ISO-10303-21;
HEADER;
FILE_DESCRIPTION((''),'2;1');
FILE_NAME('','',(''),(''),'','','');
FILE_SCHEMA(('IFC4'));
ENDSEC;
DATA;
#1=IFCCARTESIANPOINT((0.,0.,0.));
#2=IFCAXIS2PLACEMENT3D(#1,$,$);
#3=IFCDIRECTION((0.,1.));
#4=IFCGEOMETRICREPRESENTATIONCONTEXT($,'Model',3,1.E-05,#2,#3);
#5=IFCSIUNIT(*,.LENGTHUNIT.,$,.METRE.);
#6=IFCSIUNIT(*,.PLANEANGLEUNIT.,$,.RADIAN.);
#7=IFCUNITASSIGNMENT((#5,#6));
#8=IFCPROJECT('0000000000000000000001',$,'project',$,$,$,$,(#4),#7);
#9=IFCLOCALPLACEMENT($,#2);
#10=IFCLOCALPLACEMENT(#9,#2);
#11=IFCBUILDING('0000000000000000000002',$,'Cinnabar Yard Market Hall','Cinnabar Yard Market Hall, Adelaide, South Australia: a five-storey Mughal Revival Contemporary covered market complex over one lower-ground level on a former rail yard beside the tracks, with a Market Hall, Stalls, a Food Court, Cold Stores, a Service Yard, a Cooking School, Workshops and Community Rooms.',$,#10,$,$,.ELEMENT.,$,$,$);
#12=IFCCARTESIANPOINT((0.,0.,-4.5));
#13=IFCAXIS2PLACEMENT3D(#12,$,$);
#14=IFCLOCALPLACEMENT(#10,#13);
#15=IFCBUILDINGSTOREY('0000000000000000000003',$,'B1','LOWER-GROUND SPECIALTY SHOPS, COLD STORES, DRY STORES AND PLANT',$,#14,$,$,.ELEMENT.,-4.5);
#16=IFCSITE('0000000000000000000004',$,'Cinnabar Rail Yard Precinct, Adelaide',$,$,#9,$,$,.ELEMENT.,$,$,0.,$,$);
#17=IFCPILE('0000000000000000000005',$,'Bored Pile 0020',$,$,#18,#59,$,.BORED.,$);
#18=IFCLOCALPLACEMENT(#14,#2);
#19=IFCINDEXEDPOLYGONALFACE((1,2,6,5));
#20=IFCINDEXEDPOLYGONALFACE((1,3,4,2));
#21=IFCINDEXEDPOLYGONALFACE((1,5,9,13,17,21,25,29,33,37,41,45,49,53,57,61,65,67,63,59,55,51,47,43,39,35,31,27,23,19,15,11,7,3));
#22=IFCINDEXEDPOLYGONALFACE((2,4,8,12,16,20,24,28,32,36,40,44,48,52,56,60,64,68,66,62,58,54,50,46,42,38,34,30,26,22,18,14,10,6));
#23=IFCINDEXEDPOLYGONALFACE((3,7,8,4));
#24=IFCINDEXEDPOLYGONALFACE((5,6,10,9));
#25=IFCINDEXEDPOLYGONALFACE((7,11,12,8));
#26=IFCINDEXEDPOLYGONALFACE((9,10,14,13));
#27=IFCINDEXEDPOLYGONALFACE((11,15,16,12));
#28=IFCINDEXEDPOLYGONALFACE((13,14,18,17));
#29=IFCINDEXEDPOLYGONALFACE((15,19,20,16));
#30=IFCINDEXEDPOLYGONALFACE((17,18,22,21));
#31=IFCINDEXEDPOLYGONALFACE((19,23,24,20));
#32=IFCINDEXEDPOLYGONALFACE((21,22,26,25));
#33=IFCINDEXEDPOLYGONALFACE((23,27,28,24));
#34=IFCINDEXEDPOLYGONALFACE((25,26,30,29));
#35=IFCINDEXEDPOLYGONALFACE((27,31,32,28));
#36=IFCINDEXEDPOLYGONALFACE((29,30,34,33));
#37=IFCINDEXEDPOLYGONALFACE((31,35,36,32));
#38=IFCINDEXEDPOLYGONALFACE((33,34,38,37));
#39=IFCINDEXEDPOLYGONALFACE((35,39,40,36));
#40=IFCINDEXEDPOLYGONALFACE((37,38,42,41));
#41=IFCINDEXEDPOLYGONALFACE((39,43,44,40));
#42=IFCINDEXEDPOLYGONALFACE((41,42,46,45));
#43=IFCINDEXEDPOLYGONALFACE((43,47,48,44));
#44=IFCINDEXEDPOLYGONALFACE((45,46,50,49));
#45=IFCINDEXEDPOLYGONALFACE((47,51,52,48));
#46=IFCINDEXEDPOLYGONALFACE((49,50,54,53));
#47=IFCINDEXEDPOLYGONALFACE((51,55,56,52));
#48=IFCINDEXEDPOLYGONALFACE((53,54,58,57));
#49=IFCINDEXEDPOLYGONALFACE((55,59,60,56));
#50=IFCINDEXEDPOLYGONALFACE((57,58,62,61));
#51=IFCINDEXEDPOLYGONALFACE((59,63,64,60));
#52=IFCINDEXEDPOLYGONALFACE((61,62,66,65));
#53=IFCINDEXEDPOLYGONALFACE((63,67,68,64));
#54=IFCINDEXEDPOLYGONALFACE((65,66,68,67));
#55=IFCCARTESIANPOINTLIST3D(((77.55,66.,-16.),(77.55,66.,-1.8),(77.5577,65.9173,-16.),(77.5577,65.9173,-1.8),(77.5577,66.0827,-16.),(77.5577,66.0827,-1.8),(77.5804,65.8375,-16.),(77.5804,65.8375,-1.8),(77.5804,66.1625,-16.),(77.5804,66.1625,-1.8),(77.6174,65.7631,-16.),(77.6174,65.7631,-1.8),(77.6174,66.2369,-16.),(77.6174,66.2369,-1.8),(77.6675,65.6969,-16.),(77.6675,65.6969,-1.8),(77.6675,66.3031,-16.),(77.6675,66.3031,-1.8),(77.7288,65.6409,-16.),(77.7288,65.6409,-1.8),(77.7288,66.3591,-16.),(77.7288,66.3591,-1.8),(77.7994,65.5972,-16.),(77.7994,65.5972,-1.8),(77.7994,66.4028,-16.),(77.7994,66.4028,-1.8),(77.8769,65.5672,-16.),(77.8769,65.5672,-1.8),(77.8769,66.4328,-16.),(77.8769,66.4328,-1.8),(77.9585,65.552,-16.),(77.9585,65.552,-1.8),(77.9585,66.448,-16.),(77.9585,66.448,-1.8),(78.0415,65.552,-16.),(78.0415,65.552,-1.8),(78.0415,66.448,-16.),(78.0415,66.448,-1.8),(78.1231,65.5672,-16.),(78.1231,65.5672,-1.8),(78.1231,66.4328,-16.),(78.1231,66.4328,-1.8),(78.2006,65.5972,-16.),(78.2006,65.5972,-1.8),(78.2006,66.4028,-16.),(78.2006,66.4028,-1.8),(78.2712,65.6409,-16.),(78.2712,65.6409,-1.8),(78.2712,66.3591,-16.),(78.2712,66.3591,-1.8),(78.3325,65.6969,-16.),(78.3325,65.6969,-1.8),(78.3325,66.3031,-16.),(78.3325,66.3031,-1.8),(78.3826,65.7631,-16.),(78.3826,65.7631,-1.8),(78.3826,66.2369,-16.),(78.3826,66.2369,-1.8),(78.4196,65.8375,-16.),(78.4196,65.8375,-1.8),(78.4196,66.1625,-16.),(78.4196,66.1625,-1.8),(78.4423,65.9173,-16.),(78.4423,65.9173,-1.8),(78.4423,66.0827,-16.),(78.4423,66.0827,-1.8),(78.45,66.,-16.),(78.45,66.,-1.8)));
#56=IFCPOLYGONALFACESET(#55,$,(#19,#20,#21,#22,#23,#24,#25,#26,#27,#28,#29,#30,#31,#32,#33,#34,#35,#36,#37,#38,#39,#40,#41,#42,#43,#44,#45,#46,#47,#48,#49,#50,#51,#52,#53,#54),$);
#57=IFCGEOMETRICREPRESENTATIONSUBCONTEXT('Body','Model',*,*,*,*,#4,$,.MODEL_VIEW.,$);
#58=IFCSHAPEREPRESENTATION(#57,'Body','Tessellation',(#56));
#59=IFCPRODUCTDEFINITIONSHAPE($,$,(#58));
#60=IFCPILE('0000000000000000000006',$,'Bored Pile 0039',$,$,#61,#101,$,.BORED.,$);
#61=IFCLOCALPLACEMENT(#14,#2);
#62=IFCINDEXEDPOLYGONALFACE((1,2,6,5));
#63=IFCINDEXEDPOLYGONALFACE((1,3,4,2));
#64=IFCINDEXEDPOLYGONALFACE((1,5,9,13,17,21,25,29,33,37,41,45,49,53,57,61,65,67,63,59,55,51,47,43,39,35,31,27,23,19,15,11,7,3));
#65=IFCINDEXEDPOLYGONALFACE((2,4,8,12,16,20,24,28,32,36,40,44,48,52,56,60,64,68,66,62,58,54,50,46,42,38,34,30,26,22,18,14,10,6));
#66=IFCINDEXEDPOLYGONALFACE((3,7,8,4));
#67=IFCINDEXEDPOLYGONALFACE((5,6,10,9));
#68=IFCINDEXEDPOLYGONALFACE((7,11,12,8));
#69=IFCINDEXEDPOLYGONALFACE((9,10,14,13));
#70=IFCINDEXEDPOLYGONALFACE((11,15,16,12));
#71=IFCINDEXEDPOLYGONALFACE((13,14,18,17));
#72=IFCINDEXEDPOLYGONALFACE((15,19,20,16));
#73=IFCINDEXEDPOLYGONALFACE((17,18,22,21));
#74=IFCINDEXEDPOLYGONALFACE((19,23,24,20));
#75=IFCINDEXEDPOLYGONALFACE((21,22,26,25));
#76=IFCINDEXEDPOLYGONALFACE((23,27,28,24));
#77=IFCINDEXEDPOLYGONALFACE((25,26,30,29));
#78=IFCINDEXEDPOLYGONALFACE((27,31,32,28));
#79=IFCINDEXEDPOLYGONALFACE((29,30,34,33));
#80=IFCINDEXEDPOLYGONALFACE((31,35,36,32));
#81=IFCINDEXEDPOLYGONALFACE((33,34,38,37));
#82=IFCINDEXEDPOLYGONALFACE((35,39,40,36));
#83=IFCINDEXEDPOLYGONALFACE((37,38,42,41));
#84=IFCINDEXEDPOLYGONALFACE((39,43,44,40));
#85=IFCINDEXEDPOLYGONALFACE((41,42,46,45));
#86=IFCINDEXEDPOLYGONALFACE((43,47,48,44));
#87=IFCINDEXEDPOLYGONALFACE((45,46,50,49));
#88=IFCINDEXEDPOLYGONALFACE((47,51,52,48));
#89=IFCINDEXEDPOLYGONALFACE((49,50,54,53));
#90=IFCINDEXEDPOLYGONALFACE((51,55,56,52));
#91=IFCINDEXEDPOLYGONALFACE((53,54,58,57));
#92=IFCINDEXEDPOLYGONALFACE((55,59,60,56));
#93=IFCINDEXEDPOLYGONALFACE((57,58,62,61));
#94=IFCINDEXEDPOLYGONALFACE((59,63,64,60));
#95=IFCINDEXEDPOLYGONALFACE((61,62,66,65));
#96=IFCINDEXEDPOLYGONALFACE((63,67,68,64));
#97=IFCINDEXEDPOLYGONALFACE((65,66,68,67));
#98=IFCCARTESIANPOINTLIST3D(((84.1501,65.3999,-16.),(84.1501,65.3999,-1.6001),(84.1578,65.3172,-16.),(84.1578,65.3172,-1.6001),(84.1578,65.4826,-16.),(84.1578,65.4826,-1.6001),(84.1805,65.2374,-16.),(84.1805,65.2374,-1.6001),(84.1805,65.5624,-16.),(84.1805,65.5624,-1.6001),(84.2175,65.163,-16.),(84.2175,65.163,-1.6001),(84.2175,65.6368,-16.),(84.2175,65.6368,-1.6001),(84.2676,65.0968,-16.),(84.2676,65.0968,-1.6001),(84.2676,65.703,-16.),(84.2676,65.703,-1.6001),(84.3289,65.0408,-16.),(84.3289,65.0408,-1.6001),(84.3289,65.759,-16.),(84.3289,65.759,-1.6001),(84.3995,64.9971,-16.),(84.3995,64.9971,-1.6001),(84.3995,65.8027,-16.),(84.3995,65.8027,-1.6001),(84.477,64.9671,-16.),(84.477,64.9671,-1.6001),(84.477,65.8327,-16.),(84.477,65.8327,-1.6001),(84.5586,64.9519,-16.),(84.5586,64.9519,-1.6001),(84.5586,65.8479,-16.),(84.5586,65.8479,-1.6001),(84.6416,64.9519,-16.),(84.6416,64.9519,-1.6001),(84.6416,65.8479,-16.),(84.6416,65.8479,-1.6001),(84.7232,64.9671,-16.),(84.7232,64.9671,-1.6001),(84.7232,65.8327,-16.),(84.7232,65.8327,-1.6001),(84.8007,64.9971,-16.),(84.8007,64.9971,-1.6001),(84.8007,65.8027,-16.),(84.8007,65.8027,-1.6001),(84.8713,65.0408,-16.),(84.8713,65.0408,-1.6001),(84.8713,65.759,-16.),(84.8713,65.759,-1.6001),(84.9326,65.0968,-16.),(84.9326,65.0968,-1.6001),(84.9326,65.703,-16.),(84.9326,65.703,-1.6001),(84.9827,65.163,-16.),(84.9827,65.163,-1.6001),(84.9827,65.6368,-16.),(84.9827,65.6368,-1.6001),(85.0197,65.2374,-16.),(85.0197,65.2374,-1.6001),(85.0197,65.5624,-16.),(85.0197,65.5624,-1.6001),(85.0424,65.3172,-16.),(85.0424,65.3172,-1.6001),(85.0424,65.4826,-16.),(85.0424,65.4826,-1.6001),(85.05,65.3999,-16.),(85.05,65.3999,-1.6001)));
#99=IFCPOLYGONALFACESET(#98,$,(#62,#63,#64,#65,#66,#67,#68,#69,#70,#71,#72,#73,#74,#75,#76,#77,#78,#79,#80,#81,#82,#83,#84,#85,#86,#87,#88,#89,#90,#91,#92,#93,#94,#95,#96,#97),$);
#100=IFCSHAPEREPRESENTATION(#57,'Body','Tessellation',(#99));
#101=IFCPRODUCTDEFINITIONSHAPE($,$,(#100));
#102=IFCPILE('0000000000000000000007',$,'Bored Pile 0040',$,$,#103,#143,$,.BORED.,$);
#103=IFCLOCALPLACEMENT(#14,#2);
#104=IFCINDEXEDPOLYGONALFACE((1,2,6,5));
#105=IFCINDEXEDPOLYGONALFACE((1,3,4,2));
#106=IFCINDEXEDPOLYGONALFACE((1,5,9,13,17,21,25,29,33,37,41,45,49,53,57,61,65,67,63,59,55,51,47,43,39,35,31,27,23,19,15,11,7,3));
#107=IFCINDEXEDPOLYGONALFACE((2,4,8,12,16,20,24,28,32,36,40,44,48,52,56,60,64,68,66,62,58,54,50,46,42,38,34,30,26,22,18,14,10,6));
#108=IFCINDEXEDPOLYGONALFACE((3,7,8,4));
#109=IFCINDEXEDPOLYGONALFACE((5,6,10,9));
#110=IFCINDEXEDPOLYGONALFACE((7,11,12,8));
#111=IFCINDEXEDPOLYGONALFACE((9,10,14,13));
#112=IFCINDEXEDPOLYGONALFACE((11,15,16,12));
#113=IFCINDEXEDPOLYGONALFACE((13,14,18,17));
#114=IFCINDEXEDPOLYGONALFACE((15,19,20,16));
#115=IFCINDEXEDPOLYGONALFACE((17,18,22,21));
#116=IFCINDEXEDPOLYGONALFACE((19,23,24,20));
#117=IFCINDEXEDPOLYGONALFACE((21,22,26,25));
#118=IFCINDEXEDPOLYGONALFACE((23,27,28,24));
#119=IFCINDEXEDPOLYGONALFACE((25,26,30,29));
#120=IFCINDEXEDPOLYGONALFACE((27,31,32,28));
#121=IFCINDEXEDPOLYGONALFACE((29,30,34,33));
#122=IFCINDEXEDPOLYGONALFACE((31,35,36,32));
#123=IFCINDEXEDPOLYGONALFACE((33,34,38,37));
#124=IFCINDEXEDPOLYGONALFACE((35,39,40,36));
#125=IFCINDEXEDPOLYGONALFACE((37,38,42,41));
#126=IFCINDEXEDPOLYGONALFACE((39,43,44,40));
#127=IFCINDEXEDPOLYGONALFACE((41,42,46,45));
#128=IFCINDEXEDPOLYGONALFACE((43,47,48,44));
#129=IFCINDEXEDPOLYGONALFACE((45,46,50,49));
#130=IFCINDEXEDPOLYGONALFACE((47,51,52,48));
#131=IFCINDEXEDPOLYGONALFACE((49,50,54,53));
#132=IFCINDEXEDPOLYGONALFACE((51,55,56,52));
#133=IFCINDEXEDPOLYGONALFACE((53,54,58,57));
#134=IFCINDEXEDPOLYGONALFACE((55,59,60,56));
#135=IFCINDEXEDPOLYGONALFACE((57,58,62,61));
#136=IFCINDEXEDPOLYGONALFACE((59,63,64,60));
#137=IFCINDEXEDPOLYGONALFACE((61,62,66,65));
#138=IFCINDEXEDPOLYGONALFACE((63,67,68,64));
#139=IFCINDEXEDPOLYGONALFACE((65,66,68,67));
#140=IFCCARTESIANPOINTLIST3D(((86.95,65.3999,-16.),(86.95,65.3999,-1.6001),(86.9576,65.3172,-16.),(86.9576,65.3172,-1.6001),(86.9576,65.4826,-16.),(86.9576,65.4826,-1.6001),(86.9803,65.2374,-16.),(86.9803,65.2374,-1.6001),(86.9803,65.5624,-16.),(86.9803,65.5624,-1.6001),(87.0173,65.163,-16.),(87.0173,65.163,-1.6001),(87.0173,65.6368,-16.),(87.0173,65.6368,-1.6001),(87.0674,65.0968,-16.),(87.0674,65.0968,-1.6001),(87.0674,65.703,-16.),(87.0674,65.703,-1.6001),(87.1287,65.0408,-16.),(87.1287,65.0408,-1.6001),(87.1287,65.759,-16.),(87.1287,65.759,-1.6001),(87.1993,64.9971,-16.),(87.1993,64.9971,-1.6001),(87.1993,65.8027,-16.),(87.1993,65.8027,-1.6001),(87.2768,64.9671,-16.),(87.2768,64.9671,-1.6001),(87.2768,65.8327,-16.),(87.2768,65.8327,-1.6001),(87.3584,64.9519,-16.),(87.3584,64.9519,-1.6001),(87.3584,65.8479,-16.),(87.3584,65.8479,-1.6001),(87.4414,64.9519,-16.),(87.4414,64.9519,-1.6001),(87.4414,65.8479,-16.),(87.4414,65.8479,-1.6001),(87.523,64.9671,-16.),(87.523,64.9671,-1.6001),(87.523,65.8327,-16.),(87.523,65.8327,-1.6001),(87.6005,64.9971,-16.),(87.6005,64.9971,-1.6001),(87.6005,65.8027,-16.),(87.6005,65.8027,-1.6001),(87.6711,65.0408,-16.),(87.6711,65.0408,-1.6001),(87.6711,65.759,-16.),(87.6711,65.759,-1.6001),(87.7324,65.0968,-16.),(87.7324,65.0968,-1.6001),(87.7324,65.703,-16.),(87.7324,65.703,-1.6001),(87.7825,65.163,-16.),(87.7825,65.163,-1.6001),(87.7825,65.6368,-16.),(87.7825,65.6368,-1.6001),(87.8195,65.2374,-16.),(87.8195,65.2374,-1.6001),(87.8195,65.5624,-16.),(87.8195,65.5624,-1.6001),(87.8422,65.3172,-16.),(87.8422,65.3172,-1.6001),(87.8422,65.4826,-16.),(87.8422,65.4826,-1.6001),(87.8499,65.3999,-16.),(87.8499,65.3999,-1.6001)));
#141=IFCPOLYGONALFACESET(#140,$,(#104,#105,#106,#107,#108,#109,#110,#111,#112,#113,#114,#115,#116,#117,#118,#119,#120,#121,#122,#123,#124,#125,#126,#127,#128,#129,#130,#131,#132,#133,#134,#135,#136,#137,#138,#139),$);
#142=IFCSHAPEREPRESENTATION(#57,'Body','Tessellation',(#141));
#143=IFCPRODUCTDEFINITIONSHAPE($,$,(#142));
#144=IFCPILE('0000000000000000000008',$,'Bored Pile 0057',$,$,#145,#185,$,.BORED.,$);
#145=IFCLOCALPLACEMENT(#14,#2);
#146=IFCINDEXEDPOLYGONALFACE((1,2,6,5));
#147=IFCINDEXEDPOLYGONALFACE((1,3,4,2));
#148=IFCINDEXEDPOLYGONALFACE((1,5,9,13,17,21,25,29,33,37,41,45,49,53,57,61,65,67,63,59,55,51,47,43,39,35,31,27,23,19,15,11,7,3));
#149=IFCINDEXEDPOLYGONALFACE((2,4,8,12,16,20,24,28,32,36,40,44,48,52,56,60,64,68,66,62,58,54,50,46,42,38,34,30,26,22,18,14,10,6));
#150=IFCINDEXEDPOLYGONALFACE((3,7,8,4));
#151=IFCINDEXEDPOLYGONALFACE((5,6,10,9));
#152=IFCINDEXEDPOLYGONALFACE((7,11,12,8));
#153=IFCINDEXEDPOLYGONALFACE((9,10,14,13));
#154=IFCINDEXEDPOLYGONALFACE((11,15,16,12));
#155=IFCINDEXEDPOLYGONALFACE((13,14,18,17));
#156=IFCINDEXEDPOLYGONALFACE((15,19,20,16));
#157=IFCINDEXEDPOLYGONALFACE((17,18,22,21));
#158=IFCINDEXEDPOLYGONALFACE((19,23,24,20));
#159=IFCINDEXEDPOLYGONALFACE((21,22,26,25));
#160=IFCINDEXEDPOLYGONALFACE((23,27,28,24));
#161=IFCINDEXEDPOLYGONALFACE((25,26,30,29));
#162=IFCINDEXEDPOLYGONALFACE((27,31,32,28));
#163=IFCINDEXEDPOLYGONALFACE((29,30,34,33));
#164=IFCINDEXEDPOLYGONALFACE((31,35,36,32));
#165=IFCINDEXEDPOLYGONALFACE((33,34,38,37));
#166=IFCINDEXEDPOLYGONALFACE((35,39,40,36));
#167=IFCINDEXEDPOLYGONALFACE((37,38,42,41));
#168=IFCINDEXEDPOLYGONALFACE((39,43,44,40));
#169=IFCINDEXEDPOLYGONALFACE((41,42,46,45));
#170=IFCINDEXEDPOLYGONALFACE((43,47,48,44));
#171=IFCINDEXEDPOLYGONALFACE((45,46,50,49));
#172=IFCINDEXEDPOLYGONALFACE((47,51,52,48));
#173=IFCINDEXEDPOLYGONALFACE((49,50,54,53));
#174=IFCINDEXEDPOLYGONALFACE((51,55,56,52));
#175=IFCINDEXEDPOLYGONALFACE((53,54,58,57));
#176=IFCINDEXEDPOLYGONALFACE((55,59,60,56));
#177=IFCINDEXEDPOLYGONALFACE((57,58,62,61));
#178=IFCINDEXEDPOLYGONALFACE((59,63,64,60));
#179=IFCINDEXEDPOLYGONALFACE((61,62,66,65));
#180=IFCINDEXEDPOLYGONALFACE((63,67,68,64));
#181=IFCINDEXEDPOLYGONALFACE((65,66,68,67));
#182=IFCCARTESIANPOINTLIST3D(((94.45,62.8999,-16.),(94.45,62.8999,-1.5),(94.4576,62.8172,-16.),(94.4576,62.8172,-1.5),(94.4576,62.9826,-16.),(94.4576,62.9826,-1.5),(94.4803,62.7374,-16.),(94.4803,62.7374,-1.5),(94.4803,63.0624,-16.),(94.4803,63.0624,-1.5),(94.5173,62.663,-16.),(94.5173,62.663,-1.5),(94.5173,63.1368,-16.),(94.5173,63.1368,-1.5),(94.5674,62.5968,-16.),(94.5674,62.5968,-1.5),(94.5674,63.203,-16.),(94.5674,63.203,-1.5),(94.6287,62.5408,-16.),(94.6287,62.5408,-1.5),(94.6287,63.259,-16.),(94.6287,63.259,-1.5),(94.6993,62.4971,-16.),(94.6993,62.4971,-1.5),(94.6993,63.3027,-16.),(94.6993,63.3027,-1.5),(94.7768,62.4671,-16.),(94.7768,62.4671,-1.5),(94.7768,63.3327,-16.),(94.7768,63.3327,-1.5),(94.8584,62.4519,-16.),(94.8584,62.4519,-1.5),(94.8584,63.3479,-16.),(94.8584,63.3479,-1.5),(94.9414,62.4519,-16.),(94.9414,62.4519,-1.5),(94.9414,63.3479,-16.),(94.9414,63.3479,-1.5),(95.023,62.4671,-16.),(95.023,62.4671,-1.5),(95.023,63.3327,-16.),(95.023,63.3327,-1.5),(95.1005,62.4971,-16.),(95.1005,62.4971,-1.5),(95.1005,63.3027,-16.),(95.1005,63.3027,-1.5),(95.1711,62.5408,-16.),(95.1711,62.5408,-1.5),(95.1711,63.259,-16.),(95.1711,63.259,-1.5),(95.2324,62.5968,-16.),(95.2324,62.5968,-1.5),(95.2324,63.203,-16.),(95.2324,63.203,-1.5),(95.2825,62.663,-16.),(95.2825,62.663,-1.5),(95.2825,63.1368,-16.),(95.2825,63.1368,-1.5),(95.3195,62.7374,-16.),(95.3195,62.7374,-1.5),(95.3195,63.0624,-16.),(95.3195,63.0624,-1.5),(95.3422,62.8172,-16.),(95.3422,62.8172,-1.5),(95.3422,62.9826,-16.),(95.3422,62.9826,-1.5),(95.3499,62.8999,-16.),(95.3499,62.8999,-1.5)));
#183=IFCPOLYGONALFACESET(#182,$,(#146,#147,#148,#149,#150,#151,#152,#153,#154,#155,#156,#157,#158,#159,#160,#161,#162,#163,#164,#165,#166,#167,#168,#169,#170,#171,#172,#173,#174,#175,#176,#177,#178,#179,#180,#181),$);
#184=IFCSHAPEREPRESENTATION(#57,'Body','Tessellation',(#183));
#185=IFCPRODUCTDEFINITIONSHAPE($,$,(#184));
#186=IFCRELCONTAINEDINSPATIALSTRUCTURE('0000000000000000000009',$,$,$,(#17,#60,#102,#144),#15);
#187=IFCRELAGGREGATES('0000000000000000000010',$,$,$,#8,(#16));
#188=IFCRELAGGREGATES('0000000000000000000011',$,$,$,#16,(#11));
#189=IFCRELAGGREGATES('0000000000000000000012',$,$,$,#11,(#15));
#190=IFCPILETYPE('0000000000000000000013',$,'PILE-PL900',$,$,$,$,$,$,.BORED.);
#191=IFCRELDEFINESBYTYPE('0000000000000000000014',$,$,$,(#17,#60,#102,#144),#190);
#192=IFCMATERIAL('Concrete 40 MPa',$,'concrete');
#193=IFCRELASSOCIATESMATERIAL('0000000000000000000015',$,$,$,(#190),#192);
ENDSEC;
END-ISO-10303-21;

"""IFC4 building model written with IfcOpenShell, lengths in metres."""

from ifc_helpers import new_model, si_unit, direction, frame, origin, origin_2d_with_axis, place, context, subcontext, project, spatial, circle, extrude, material, material_profile, profile_set, type_object, element, save


model = new_model("IFC4")

# Units and contexts
model_context = context("Model", 3, precision=1e-05, world=origin(), true_north=direction((0.0, 1.0)))
body_context = subcontext(model_context, "Body", "Model", "MODEL_VIEW")
ifc_project = project(units=[si_unit("LENGTHUNIT", "METRE"), si_unit("PLANEANGLEUNIT", "RADIAN")], contexts=[model_context])

# Site, building, storey
site_placement = place(None, origin())
site = spatial("IfcSite", under=ifc_project, at=site_placement, Name="Cinnabar Rail Yard Precinct, Adelaide", CompositionType="ELEMENT", RefElevation=0.0)
building_placement = place(site_placement, origin())
building = spatial("IfcBuilding", under=site, at=building_placement, Name="Cinnabar Yard Market Hall", Description="Cinnabar Yard Market Hall, Adelaide, South Australia: a five-storey Mughal Revival Contemporary covered market complex over one lower-ground level on a former rail yard beside the tracks, with a Market Hall, Stalls, a Food Court, Cold Stores, a Service Yard, a Cooking School, Workshops and Community Rooms.", CompositionType="ELEMENT")
storey_placement = place(building_placement, frame((0.0, 0.0, -4.5)))
storey = spatial("IfcBuildingStorey", under=building, at=storey_placement, Name="B1", Description="LOWER-GROUND SPECIALTY SHOPS, COLD STORES, DRY STORES AND PLANT", CompositionType="ELEMENT", Elevation=-4.5)

# Shared definitions
ifc_material_1 = material(Name="Concrete 40 MPa", Category="concrete")

# Piles
ifc_material_profile_1 = material_profile(ifc_material_1, circle(Radius=0.45, at=origin_2d_with_axis()), Name="PILE-D900")
ifc_profile_set_1 = profile_set([ifc_material_profile_1], Name="Concrete 40 MPa")
pile_type_1 = type_object("IfcPileType", Name="PILE-PL900", PredefinedType="BORED", material=ifc_profile_set_1)
pile_1_placement = place(storey_placement, frame((78.0, 66.0, -1.8), z_axis=(0.0, 0.0, -1.0), x_axis=(1.0, 0.0, 0.0)))
element("IfcPile", 1, at=pile_1_placement, inside=storey, type_object=pile_type_1, Name="Bored Pile 0020", PredefinedType="BORED", context=body_context, shape_type="SweptSolid", body=[
    extrude(circle(Radius=0.45, at=origin_2d_with_axis()), origin(), (0.0, 0.0, 1.0), 14.2),
])
for number, where, z_axis, x_axis, name in (
    (2, (84.6001, 65.3999, -1.6001), (0.0, 0.0, -1.0), (1.0, 0.0, 0.0), "Bored Pile 0039"),
    (3, (87.3999, 65.3999, -1.6001), (0.0, 0.0, -1.0), (1.0, 0.0, 0.0), "Bored Pile 0040"),
):
    element("IfcPile", number, at=place(storey_placement, frame(where, z_axis=z_axis, x_axis=x_axis)), inside=storey, type_object=pile_type_1, Name=name, PredefinedType="BORED", context=body_context, shape_type="SweptSolid", body=[
        extrude(circle(Radius=0.45, at=origin_2d_with_axis()), origin(), (0.0, 0.0, 1.0), 14.3999),
    ])
pile_2_placement = place(storey_placement, frame((94.8999, 62.8999, -1.5), z_axis=(0.0, 0.0, -1.0), x_axis=(1.0, 0.0, 0.0)))
element("IfcPile", 4, at=pile_2_placement, inside=storey, type_object=pile_type_1, Name="Bored Pile 0057", PredefinedType="BORED", context=body_context, shape_type="SweptSolid", body=[
    extrude(circle(Radius=0.45, at=origin_2d_with_axis()), origin(), (0.0, 0.0, 1.0), 14.5),
])

save(model, "model.ifc")
